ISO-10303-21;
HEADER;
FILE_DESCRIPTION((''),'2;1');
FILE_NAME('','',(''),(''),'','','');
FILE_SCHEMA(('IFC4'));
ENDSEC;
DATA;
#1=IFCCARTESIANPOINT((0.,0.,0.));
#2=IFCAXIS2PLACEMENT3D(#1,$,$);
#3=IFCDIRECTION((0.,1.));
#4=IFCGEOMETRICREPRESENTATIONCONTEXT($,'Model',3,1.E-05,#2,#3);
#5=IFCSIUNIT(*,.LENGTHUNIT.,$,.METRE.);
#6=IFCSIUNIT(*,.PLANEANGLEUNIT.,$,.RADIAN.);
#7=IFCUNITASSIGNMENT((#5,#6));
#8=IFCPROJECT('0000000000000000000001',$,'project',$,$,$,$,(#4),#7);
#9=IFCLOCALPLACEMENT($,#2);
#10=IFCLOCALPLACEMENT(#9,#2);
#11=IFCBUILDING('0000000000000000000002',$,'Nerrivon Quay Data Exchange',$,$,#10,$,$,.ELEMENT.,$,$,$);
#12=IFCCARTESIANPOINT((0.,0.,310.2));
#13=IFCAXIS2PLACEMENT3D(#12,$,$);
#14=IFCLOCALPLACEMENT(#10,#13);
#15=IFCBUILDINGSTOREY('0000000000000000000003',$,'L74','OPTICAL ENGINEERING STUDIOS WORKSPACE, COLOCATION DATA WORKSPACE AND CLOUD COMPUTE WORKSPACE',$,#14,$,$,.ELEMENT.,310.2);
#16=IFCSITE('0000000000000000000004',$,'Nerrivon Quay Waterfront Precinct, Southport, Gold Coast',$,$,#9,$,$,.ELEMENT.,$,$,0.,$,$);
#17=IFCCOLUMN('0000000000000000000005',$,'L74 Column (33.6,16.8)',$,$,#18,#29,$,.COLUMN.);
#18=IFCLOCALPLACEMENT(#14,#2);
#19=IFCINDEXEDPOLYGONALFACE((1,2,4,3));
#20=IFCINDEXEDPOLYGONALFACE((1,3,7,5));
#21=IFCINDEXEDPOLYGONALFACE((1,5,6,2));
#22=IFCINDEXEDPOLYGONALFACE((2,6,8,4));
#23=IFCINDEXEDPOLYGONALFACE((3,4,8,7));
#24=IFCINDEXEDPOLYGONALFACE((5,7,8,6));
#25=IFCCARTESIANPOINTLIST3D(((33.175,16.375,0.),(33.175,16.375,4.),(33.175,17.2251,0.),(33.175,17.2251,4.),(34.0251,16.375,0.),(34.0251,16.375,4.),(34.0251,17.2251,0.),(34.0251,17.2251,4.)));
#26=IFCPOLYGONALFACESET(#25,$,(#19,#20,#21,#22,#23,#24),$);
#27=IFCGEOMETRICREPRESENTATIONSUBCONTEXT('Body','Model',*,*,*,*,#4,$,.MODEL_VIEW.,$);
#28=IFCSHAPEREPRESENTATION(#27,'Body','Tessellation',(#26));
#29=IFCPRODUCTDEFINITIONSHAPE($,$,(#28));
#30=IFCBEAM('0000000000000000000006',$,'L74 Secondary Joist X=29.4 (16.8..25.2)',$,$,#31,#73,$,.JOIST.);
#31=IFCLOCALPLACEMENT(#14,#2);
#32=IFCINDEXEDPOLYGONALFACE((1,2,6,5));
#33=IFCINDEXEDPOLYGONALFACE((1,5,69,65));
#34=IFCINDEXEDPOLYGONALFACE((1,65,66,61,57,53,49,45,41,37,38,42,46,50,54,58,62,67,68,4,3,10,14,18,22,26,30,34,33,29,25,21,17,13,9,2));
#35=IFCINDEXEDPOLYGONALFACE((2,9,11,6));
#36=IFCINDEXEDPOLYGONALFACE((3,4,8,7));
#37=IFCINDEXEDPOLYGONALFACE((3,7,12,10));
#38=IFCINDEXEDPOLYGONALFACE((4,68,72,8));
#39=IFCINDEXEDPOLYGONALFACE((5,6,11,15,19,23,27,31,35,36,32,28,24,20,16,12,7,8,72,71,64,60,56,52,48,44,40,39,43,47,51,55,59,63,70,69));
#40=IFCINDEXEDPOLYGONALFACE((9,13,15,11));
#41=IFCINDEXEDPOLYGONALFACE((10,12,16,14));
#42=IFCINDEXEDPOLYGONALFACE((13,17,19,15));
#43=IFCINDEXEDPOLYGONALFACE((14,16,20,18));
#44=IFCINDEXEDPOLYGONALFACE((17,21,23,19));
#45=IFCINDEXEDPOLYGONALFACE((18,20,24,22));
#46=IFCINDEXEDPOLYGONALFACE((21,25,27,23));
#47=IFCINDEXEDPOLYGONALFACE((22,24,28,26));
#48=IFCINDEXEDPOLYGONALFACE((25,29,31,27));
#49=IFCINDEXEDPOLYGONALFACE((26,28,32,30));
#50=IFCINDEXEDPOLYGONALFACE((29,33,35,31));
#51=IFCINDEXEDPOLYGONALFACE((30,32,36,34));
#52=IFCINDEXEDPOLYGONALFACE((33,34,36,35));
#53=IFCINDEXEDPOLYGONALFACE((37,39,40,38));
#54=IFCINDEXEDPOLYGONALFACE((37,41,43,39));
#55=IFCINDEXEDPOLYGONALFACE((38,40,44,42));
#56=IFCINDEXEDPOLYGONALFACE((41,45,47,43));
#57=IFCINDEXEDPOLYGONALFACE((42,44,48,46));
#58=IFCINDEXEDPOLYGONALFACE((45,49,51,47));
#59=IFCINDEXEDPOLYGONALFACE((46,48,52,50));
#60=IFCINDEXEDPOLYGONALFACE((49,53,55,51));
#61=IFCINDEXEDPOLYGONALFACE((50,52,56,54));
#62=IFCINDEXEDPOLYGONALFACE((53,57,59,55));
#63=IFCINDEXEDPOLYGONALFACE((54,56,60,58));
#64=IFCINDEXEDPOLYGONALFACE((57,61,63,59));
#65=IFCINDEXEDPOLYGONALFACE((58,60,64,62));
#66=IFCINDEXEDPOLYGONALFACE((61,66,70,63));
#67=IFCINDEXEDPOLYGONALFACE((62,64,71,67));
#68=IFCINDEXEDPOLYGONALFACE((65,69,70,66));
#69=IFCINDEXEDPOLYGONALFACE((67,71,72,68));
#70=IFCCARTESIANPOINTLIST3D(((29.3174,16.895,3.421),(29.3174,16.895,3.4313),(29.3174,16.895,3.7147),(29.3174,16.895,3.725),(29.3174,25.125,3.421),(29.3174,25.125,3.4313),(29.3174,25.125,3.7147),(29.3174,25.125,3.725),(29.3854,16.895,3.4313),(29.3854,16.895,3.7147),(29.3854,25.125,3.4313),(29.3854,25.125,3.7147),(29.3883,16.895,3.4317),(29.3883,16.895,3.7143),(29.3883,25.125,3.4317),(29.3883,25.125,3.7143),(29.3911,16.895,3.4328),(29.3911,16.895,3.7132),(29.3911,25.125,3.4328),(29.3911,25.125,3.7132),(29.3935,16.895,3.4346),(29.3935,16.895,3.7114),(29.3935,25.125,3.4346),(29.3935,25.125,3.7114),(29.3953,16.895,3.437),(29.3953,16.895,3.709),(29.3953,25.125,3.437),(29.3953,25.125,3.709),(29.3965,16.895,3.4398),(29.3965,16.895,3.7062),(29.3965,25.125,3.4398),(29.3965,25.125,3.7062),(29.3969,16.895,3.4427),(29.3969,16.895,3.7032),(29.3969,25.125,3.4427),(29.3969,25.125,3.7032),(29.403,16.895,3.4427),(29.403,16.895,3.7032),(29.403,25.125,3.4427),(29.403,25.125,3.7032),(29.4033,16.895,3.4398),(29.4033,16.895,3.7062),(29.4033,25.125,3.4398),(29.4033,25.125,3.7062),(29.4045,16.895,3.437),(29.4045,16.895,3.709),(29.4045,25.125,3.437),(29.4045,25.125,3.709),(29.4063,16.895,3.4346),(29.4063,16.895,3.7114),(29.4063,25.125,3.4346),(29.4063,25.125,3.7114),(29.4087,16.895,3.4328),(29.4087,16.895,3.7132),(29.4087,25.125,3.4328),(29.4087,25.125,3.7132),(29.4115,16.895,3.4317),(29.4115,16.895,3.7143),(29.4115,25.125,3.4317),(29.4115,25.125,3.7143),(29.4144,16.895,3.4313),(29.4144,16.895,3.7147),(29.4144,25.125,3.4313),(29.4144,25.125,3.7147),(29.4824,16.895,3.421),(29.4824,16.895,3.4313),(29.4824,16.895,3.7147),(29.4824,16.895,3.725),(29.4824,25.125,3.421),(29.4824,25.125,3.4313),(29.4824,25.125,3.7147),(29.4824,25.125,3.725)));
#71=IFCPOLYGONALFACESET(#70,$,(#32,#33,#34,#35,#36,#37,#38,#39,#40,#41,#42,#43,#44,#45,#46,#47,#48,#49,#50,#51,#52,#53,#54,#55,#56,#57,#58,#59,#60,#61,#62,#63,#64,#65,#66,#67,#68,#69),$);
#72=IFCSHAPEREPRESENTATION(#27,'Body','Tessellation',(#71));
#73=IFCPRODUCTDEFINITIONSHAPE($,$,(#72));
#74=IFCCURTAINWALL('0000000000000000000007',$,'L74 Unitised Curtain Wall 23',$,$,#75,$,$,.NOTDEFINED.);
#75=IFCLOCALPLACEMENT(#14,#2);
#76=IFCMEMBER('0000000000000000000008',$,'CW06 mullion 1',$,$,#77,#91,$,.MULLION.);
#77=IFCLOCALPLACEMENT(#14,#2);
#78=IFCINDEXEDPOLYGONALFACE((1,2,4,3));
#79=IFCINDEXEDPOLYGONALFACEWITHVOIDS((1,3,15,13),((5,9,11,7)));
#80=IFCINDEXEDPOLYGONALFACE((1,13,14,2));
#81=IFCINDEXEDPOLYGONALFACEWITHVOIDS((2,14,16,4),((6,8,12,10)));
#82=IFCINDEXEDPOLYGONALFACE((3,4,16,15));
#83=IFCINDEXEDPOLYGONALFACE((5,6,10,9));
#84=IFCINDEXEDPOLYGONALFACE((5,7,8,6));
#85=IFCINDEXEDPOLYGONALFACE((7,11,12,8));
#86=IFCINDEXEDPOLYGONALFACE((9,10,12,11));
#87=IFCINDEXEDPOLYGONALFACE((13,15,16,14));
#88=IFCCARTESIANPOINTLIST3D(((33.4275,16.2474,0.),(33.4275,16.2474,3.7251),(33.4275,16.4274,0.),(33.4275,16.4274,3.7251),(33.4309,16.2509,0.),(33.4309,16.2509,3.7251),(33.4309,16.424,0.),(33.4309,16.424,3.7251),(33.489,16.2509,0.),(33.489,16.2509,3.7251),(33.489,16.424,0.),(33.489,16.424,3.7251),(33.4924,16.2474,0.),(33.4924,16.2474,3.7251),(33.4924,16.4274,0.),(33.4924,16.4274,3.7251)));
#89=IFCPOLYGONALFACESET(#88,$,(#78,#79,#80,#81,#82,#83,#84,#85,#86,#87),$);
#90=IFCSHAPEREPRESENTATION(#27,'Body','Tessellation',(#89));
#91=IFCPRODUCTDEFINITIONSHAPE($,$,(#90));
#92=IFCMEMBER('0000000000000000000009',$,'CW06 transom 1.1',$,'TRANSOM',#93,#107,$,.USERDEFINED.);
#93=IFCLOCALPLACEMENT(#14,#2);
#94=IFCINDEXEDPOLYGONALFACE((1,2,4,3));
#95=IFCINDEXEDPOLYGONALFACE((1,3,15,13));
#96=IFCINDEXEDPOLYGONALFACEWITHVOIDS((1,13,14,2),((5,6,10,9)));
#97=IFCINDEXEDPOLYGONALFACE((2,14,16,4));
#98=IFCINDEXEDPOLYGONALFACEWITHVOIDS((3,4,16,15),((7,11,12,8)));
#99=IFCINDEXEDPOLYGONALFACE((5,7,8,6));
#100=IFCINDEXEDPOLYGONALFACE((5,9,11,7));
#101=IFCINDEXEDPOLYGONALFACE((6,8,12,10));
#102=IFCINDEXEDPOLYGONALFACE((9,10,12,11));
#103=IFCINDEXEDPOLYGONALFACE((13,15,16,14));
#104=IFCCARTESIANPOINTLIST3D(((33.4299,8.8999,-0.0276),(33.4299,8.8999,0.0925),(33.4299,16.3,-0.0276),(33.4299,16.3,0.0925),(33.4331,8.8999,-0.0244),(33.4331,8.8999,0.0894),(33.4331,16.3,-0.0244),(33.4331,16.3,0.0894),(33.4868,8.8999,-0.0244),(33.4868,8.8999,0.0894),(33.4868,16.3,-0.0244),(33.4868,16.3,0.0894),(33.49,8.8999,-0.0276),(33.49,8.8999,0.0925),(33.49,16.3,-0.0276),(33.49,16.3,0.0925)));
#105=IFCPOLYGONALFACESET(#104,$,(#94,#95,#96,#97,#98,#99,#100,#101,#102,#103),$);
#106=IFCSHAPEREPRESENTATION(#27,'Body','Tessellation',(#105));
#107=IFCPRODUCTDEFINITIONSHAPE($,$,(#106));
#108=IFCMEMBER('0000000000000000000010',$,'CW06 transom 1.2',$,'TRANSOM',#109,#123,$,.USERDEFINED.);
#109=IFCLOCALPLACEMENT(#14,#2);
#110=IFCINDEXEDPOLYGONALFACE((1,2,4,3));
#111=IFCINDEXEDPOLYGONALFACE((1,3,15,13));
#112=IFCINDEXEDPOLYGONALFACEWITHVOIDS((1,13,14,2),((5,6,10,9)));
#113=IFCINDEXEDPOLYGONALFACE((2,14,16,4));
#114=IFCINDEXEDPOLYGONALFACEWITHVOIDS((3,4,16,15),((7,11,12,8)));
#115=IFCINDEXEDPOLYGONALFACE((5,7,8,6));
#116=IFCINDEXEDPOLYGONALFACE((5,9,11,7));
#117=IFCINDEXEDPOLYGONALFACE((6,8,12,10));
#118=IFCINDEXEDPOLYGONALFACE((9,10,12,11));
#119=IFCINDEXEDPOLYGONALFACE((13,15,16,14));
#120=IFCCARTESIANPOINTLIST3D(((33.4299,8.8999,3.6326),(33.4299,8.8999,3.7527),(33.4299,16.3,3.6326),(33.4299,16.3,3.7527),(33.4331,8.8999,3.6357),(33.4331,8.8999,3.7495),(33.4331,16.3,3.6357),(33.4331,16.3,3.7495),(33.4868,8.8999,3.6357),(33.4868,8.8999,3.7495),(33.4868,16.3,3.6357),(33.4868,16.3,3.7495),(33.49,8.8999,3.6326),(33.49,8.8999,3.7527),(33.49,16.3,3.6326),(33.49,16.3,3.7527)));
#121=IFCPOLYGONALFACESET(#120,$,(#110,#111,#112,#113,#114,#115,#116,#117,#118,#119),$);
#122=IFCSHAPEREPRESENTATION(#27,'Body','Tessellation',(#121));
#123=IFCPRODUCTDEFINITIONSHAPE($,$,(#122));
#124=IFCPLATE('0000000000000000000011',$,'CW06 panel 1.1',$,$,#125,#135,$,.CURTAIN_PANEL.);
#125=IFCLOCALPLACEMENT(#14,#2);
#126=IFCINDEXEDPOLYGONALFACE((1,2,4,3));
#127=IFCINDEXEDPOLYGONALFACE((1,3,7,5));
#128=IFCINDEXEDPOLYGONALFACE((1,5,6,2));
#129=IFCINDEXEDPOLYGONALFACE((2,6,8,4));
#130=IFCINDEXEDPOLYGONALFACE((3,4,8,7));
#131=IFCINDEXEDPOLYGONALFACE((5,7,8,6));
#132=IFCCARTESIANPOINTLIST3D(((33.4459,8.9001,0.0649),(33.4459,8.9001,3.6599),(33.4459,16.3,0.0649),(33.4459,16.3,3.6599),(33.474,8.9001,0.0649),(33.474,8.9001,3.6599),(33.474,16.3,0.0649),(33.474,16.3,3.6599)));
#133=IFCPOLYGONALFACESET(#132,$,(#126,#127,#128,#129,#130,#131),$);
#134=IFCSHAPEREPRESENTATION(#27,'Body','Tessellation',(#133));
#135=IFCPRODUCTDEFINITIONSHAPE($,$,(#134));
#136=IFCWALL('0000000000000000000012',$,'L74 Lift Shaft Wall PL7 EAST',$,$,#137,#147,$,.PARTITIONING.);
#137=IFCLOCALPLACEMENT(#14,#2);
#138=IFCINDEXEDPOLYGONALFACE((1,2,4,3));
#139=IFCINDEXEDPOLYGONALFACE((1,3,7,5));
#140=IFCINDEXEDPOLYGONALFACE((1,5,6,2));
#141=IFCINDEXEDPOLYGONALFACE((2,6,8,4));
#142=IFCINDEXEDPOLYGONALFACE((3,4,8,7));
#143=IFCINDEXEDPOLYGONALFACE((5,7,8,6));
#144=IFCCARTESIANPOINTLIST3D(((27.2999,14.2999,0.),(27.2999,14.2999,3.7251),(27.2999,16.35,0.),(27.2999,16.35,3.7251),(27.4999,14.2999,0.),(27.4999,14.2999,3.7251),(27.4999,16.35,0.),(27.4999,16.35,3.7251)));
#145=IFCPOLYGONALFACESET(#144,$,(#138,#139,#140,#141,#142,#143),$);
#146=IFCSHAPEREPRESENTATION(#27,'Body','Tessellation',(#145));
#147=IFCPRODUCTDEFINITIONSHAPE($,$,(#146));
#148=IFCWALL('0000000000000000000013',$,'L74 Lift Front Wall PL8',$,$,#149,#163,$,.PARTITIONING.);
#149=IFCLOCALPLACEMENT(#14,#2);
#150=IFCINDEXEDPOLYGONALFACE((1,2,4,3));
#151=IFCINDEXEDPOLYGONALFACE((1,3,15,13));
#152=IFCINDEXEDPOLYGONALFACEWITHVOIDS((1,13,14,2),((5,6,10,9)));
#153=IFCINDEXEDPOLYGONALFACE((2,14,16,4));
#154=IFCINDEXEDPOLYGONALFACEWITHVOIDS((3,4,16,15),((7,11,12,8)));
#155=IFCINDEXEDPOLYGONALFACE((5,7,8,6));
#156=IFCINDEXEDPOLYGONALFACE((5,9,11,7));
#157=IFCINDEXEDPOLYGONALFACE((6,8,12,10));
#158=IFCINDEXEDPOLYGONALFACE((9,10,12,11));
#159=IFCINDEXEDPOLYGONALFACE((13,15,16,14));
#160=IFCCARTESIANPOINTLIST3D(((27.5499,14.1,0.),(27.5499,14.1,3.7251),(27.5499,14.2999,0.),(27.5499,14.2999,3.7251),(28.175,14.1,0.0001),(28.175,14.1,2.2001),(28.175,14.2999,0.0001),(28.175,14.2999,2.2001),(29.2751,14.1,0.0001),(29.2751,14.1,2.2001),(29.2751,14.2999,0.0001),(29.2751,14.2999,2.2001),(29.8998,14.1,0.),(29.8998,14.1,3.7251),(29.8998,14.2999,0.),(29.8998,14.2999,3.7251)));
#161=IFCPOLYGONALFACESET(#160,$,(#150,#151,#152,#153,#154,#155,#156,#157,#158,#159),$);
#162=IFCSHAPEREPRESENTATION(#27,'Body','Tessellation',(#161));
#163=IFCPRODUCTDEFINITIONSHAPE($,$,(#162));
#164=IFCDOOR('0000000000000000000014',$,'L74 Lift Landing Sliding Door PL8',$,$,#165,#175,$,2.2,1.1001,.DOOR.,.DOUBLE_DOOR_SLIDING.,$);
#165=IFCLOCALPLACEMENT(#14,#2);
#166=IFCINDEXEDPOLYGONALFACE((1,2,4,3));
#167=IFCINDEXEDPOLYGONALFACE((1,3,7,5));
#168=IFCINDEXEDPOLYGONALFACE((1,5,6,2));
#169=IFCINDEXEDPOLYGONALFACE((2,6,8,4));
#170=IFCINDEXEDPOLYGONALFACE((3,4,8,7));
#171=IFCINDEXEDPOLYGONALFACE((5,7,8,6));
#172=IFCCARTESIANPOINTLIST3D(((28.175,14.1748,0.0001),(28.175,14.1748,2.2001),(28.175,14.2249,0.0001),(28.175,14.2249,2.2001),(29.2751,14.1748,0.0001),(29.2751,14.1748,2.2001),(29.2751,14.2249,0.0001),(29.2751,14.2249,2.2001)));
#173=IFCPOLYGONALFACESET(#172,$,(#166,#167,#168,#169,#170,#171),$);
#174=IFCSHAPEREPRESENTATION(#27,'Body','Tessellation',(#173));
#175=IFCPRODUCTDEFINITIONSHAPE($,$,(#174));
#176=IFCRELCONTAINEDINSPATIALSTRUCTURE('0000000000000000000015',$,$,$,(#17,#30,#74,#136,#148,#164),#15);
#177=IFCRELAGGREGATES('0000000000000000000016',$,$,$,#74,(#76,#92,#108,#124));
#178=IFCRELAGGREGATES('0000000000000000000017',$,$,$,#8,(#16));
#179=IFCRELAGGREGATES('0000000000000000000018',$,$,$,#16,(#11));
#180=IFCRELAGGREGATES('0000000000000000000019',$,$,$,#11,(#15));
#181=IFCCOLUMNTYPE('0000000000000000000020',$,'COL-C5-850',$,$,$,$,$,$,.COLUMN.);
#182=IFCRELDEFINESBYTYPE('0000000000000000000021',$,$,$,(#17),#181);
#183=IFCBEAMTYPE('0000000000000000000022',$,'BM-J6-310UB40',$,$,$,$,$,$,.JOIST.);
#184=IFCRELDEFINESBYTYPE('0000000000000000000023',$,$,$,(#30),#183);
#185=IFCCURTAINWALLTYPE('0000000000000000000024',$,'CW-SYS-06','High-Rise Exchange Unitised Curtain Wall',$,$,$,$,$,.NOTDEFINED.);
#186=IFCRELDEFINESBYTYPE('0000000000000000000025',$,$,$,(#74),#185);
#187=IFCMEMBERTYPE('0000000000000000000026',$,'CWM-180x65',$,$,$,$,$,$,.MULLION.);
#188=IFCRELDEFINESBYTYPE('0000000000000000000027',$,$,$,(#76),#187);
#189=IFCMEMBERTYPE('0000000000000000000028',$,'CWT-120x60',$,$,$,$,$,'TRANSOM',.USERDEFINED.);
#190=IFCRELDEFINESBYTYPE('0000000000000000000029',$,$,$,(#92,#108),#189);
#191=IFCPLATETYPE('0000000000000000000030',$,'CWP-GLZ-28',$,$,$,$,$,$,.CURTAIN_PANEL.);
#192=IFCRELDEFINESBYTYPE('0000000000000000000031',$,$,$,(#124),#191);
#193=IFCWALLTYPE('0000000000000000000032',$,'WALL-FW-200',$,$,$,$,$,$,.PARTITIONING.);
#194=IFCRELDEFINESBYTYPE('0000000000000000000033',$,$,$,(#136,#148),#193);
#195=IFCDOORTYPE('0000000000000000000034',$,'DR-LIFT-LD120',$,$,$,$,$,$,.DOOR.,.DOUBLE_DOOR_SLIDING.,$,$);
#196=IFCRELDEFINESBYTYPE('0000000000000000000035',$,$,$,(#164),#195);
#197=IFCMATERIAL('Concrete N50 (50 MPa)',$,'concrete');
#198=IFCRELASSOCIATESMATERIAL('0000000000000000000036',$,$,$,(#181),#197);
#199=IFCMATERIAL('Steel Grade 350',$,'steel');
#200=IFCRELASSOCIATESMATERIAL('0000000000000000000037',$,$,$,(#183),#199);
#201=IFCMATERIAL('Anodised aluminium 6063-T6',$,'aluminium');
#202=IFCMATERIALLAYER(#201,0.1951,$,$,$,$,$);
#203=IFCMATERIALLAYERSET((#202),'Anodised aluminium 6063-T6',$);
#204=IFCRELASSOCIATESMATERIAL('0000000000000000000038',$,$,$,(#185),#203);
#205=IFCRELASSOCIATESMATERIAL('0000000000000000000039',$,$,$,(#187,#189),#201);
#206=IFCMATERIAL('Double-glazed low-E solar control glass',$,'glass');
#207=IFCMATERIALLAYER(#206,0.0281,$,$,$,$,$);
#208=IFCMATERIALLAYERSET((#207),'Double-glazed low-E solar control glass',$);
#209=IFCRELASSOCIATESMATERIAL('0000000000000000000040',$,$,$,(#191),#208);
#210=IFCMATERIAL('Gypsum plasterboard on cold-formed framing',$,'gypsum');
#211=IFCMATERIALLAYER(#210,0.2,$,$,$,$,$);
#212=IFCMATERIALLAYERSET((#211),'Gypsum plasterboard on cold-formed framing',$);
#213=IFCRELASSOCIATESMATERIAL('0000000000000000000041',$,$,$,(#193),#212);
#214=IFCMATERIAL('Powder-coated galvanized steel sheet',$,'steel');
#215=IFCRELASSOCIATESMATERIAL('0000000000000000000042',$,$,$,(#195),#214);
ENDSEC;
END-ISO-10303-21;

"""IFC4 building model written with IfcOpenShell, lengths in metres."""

from ifc_helpers import new_model, si_unit, direction, frame, frame_2d, origin, origin_2d, place, context, subcontext, project, spatial, rectangle, hollow_rectangle, i_section, extrude, material, layer, layer_set, material_profile, profile_set, type_object, element, fill, aggregate, save


model = new_model("IFC4")

# Units and contexts
model_context = context("Model", 3, precision=1e-05, world=origin(), true_north=direction((0.0, 1.0)))
body_context = subcontext(model_context, "Body", "Model", "MODEL_VIEW")
ifc_project = project(units=[si_unit("LENGTHUNIT", "METRE"), si_unit("PLANEANGLEUNIT", "RADIAN")], contexts=[model_context])

# Site, building, storey
site_placement = place(None, origin())
site = spatial("IfcSite", under=ifc_project, at=site_placement, Name="Nerrivon Quay Waterfront Precinct, Southport, Gold Coast", CompositionType="ELEMENT", RefElevation=0.0)
building_placement = place(site_placement, origin())
building = spatial("IfcBuilding", under=site, at=building_placement, Name="Nerrivon Quay Data Exchange", CompositionType="ELEMENT")
storey_placement = place(building_placement, frame((0.0, 0.0, 310.2)))
storey = spatial("IfcBuildingStorey", under=building, at=storey_placement, Name="L74", Description="OPTICAL ENGINEERING STUDIOS WORKSPACE, COLOCATION DATA WORKSPACE AND CLOUD COMPUTE WORKSPACE", CompositionType="ELEMENT", Elevation=310.2)

# Column
ifc_material_1 = material(Name="Concrete N50 (50 MPa)", Category="concrete")
ifc_material_profile_1 = material_profile(ifc_material_1, rectangle(XDim=0.8501, YDim=0.8501, at=origin_2d()), Name="RC-COL-850x850")
ifc_profile_set_1 = profile_set([ifc_material_profile_1], Name="Concrete N50 (50 MPa)")
column_type = type_object("IfcColumnType", Name="COL-C5-850", PredefinedType="COLUMN", material=ifc_profile_set_1)
column_placement = place(storey_placement, frame((33.6001, 16.8, 0.0), z_axis=(0.0, 0.0, 1.0), x_axis=(1.0, 0.0, 0.0)))
element("IfcColumn", 1, at=column_placement, inside=storey, type_object=column_type, Name="L74 Column (33.6,16.8)", PredefinedType="COLUMN", context=body_context, shape_type="SweptSolid", body=[
    extrude(rectangle(XDim=0.8501, YDim=0.8501, at=origin_2d()), origin(), (0.0, 0.0, 1.0), 4.0),
])

# Beam
ifc_material_2 = material(Name="Steel Grade 350", Category="steel")
ifc_material_profile_2 = material_profile(ifc_material_2, i_section(OverallWidth=0.165, OverallDepth=0.304, WebThickness=0.0061, FlangeThickness=0.0103, FilletRadius=0.0115, at=origin_2d()), Name="310UB40.4")
ifc_profile_set_2 = profile_set([ifc_material_profile_2], Name="Steel Grade 350")
beam_type = type_object("IfcBeamType", Name="BM-J6-310UB40", PredefinedType="JOIST", material=ifc_profile_set_2)
beam_placement = place(storey_placement, frame((29.3999, 16.895, 3.573), z_axis=(0.0, 1.0, 0.0), x_axis=(-1.0, 0.0, 0.0)))
element("IfcBeam", 2, at=beam_placement, inside=storey, type_object=beam_type, Name="L74 Secondary Joist X=29.4 (16.8..25.2)", PredefinedType="JOIST", context=body_context, shape_type="SweptSolid", body=[
    extrude(i_section(OverallWidth=0.165, OverallDepth=0.304, WebThickness=0.0061, FlangeThickness=0.0103, FilletRadius=0.0115, at=origin_2d()), origin(), (0.0, 0.0, 1.0), 8.23),
])

# Curtain wall, members, plate
ifc_material_3 = material(Name="Anodised aluminium 6063-T6", Category="aluminium")
ifc_layer_1 = layer(ifc_material_3, 0.1951)
ifc_layer_set_1 = layer_set([ifc_layer_1], Name="Anodised aluminium 6063-T6")
curtain_wall_type = type_object("IfcCurtainWallType", Name="CW-SYS-06", Description="High-Rise Exchange Unitised Curtain Wall", PredefinedType="NOTDEFINED", material=ifc_layer_set_1)
curtain_wall_placement = place(storey_placement, origin())
curtain_wall = element("IfcCurtainWall", 3, at=curtain_wall_placement, inside=storey, type_object=curtain_wall_type, Name="L74 Unitised Curtain Wall 23", PredefinedType="NOTDEFINED")
ifc_material_profile_3 = material_profile(ifc_material_3, hollow_rectangle(XDim=0.0649, YDim=0.1799, WallThickness=0.0034, at=origin_2d()), Name="ALU-MULL-180x65")
ifc_profile_set_3 = profile_set([ifc_material_profile_3], Name="Anodised aluminium 6063-T6")
member_type_1 = type_object("IfcMemberType", Name="CWM-180x65", PredefinedType="MULLION", material=ifc_profile_set_3)
member_1_placement = place(storey_placement, frame((33.46, 16.3374, 0.0), z_axis=(0.0, 0.0, 1.0), x_axis=(1.0, 0.0, 0.0)))
member_1 = element("IfcMember", 4, at=member_1_placement, type_object=member_type_1, Name="CW06 mullion 1", PredefinedType="MULLION", context=body_context, shape_type="SweptSolid", body=[
    extrude(hollow_rectangle(XDim=0.0649, YDim=0.1799, WallThickness=0.0034, at=origin_2d()), origin(), (0.0, 0.0, 1.0), 3.7251),
])
ifc_material_profile_4 = material_profile(ifc_material_3, hollow_rectangle(XDim=0.0601, YDim=0.1201, WallThickness=0.0032, at=origin_2d()), Name="ALU-TRAN-120x60")
ifc_profile_set_4 = profile_set([ifc_material_profile_4], Name="Anodised aluminium 6063-T6")
member_type_2 = type_object("IfcMemberType", Name="CWT-120x60", ElementType="TRANSOM", PredefinedType="USERDEFINED", material=ifc_profile_set_4)
member_2_placement = place(storey_placement, frame((33.46, 16.3, 0.0325), z_axis=(0.0, -1.0, 0.0), x_axis=(1.0, 0.0, 0.0)))
member_2 = element("IfcMember", 5, at=member_2_placement, type_object=member_type_2, Name="CW06 transom 1.1", ObjectType="TRANSOM", PredefinedType="USERDEFINED", context=body_context, shape_type="SweptSolid", body=[
    extrude(hollow_rectangle(XDim=0.0601, YDim=0.1201, WallThickness=0.0032, at=origin_2d()), origin(), (0.0, 0.0, 1.0), 7.4001),
])
member_3_placement = place(storey_placement, frame((33.46, 16.3, 3.6926), z_axis=(0.0, -1.0, 0.0), x_axis=(1.0, 0.0, 0.0)))
member_3 = element("IfcMember", 6, at=member_3_placement, type_object=member_type_2, Name="CW06 transom 1.2", ObjectType="TRANSOM", PredefinedType="USERDEFINED", context=body_context, shape_type="SweptSolid", body=[
    extrude(hollow_rectangle(XDim=0.0601, YDim=0.1201, WallThickness=0.0032, at=origin_2d()), origin(), (0.0, 0.0, 1.0), 7.4001),
])
ifc_material_4 = material(Name="Double-glazed low-E solar control glass", Category="glass")
ifc_layer_2 = layer(ifc_material_4, 0.0281)
ifc_layer_set_2 = layer_set([ifc_layer_2], Name="Double-glazed low-E solar control glass")
plate_type = type_object("IfcPlateType", Name="CWP-GLZ-28", PredefinedType="CURTAIN_PANEL", material=ifc_layer_set_2)
plate_placement = place(storey_placement, frame((33.46, 12.6001, 0.0649), z_axis=(0.0, 0.0, 1.0), x_axis=(0.0, -1.0, 0.0)))
plate = element("IfcPlate", 7, at=plate_placement, type_object=plate_type, Name="CW06 panel 1.1", PredefinedType="CURTAIN_PANEL", context=body_context, shape_type="SweptSolid", body=[
    extrude(rectangle(XDim=7.3999, YDim=0.0281, at=origin_2d()), origin(), (0.0, 0.0, 1.0), 3.595),
])
aggregate(curtain_wall, [member_1, member_2, member_3, plate])

# Wall
ifc_material_5 = material(Name="Gypsum plasterboard on cold-formed framing", Category="gypsum")
ifc_layer_3 = layer(ifc_material_5, 0.2)
ifc_layer_set_3 = layer_set([ifc_layer_3], Name="Gypsum plasterboard on cold-formed framing")
wall_type_1 = type_object("IfcWallType", Name="WALL-FW-200", PredefinedType="PARTITIONING", material=ifc_layer_set_3)
wall_1_placement = place(storey_placement, frame((27.3999, 14.3, 0.0), z_axis=(0.0, 0.0, 1.0), x_axis=(0.0, 1.0, 0.0)))
element("IfcWall", 8, at=wall_1_placement, inside=storey, type_object=wall_type_1, Name="L74 Lift Shaft Wall PL7 EAST", PredefinedType="PARTITIONING", context=body_context, shape_type="SweptSolid", body=[
    extrude(rectangle(XDim=2.05, YDim=0.2, at=frame_2d((1.0249, 0.0))), origin(), (0.0, 0.0, 1.0), 3.7251),
])

# Wall, opening, door
wall_2_placement = place(storey_placement, frame((27.55, 14.2, 0.0), z_axis=(0.0, 0.0, 1.0), x_axis=(1.0, 0.0, 0.0)))
wall_2 = element("IfcWall", 9, at=wall_2_placement, inside=storey, type_object=wall_type_1, Name="L74 Lift Front Wall PL8", PredefinedType="PARTITIONING", context=body_context, shape_type="SweptSolid", body=[
    extrude(rectangle(XDim=2.3499, YDim=0.2, at=frame_2d((1.1748, 0.0))), origin(), (0.0, 0.0, 1.0), 3.7251),
])
opening_1_placement = place(wall_2_placement, frame((0.625, 0.0, 0.0)))
opening_1 = element("IfcOpeningElement", 10, at=opening_1_placement, cuts=wall_2, PredefinedType="OPENING", context=body_context, shape_type="SweptSolid", body=[
    extrude(rectangle(XDim=1.1001, YDim=2.2, at=frame_2d((0.55, 1.1001))), frame((0.0, 0.1099, 0.0), z_axis=(0.0, -1.0, 0.0), x_axis=(1.0, 0.0, 0.0)), (0.0, 0.0, 1.0), 0.22),
])
ifc_material_6 = material(Name="Powder-coated galvanized steel sheet", Category="steel")
door_type_1 = type_object("IfcDoorType", Name="DR-LIFT-LD120", OperationType="DOUBLE_DOOR_SLIDING", PredefinedType="DOOR", material=ifc_material_6)
door_1_placement = place(opening_1_placement, origin())
door_1 = element("IfcDoor", 11, at=door_1_placement, inside=storey, type_object=door_type_1, Name="L74 Lift Landing Sliding Door PL8", OperationType="DOUBLE_DOOR_SLIDING", OverallHeight=2.2, OverallWidth=1.1001, PredefinedType="DOOR", context=body_context, shape_type="SweptSolid", body=[
    extrude(rectangle(XDim=1.1001, YDim=2.2, at=frame_2d((0.55, 1.1001))), frame((0.0, 0.0249, 0.0), z_axis=(0.0, -1.0, 0.0), x_axis=(1.0, 0.0, 0.0)), (0.0, 0.0, 1.0), 0.05),
])
fill(opening_1, door_1)

save(model, "model.ifc")
